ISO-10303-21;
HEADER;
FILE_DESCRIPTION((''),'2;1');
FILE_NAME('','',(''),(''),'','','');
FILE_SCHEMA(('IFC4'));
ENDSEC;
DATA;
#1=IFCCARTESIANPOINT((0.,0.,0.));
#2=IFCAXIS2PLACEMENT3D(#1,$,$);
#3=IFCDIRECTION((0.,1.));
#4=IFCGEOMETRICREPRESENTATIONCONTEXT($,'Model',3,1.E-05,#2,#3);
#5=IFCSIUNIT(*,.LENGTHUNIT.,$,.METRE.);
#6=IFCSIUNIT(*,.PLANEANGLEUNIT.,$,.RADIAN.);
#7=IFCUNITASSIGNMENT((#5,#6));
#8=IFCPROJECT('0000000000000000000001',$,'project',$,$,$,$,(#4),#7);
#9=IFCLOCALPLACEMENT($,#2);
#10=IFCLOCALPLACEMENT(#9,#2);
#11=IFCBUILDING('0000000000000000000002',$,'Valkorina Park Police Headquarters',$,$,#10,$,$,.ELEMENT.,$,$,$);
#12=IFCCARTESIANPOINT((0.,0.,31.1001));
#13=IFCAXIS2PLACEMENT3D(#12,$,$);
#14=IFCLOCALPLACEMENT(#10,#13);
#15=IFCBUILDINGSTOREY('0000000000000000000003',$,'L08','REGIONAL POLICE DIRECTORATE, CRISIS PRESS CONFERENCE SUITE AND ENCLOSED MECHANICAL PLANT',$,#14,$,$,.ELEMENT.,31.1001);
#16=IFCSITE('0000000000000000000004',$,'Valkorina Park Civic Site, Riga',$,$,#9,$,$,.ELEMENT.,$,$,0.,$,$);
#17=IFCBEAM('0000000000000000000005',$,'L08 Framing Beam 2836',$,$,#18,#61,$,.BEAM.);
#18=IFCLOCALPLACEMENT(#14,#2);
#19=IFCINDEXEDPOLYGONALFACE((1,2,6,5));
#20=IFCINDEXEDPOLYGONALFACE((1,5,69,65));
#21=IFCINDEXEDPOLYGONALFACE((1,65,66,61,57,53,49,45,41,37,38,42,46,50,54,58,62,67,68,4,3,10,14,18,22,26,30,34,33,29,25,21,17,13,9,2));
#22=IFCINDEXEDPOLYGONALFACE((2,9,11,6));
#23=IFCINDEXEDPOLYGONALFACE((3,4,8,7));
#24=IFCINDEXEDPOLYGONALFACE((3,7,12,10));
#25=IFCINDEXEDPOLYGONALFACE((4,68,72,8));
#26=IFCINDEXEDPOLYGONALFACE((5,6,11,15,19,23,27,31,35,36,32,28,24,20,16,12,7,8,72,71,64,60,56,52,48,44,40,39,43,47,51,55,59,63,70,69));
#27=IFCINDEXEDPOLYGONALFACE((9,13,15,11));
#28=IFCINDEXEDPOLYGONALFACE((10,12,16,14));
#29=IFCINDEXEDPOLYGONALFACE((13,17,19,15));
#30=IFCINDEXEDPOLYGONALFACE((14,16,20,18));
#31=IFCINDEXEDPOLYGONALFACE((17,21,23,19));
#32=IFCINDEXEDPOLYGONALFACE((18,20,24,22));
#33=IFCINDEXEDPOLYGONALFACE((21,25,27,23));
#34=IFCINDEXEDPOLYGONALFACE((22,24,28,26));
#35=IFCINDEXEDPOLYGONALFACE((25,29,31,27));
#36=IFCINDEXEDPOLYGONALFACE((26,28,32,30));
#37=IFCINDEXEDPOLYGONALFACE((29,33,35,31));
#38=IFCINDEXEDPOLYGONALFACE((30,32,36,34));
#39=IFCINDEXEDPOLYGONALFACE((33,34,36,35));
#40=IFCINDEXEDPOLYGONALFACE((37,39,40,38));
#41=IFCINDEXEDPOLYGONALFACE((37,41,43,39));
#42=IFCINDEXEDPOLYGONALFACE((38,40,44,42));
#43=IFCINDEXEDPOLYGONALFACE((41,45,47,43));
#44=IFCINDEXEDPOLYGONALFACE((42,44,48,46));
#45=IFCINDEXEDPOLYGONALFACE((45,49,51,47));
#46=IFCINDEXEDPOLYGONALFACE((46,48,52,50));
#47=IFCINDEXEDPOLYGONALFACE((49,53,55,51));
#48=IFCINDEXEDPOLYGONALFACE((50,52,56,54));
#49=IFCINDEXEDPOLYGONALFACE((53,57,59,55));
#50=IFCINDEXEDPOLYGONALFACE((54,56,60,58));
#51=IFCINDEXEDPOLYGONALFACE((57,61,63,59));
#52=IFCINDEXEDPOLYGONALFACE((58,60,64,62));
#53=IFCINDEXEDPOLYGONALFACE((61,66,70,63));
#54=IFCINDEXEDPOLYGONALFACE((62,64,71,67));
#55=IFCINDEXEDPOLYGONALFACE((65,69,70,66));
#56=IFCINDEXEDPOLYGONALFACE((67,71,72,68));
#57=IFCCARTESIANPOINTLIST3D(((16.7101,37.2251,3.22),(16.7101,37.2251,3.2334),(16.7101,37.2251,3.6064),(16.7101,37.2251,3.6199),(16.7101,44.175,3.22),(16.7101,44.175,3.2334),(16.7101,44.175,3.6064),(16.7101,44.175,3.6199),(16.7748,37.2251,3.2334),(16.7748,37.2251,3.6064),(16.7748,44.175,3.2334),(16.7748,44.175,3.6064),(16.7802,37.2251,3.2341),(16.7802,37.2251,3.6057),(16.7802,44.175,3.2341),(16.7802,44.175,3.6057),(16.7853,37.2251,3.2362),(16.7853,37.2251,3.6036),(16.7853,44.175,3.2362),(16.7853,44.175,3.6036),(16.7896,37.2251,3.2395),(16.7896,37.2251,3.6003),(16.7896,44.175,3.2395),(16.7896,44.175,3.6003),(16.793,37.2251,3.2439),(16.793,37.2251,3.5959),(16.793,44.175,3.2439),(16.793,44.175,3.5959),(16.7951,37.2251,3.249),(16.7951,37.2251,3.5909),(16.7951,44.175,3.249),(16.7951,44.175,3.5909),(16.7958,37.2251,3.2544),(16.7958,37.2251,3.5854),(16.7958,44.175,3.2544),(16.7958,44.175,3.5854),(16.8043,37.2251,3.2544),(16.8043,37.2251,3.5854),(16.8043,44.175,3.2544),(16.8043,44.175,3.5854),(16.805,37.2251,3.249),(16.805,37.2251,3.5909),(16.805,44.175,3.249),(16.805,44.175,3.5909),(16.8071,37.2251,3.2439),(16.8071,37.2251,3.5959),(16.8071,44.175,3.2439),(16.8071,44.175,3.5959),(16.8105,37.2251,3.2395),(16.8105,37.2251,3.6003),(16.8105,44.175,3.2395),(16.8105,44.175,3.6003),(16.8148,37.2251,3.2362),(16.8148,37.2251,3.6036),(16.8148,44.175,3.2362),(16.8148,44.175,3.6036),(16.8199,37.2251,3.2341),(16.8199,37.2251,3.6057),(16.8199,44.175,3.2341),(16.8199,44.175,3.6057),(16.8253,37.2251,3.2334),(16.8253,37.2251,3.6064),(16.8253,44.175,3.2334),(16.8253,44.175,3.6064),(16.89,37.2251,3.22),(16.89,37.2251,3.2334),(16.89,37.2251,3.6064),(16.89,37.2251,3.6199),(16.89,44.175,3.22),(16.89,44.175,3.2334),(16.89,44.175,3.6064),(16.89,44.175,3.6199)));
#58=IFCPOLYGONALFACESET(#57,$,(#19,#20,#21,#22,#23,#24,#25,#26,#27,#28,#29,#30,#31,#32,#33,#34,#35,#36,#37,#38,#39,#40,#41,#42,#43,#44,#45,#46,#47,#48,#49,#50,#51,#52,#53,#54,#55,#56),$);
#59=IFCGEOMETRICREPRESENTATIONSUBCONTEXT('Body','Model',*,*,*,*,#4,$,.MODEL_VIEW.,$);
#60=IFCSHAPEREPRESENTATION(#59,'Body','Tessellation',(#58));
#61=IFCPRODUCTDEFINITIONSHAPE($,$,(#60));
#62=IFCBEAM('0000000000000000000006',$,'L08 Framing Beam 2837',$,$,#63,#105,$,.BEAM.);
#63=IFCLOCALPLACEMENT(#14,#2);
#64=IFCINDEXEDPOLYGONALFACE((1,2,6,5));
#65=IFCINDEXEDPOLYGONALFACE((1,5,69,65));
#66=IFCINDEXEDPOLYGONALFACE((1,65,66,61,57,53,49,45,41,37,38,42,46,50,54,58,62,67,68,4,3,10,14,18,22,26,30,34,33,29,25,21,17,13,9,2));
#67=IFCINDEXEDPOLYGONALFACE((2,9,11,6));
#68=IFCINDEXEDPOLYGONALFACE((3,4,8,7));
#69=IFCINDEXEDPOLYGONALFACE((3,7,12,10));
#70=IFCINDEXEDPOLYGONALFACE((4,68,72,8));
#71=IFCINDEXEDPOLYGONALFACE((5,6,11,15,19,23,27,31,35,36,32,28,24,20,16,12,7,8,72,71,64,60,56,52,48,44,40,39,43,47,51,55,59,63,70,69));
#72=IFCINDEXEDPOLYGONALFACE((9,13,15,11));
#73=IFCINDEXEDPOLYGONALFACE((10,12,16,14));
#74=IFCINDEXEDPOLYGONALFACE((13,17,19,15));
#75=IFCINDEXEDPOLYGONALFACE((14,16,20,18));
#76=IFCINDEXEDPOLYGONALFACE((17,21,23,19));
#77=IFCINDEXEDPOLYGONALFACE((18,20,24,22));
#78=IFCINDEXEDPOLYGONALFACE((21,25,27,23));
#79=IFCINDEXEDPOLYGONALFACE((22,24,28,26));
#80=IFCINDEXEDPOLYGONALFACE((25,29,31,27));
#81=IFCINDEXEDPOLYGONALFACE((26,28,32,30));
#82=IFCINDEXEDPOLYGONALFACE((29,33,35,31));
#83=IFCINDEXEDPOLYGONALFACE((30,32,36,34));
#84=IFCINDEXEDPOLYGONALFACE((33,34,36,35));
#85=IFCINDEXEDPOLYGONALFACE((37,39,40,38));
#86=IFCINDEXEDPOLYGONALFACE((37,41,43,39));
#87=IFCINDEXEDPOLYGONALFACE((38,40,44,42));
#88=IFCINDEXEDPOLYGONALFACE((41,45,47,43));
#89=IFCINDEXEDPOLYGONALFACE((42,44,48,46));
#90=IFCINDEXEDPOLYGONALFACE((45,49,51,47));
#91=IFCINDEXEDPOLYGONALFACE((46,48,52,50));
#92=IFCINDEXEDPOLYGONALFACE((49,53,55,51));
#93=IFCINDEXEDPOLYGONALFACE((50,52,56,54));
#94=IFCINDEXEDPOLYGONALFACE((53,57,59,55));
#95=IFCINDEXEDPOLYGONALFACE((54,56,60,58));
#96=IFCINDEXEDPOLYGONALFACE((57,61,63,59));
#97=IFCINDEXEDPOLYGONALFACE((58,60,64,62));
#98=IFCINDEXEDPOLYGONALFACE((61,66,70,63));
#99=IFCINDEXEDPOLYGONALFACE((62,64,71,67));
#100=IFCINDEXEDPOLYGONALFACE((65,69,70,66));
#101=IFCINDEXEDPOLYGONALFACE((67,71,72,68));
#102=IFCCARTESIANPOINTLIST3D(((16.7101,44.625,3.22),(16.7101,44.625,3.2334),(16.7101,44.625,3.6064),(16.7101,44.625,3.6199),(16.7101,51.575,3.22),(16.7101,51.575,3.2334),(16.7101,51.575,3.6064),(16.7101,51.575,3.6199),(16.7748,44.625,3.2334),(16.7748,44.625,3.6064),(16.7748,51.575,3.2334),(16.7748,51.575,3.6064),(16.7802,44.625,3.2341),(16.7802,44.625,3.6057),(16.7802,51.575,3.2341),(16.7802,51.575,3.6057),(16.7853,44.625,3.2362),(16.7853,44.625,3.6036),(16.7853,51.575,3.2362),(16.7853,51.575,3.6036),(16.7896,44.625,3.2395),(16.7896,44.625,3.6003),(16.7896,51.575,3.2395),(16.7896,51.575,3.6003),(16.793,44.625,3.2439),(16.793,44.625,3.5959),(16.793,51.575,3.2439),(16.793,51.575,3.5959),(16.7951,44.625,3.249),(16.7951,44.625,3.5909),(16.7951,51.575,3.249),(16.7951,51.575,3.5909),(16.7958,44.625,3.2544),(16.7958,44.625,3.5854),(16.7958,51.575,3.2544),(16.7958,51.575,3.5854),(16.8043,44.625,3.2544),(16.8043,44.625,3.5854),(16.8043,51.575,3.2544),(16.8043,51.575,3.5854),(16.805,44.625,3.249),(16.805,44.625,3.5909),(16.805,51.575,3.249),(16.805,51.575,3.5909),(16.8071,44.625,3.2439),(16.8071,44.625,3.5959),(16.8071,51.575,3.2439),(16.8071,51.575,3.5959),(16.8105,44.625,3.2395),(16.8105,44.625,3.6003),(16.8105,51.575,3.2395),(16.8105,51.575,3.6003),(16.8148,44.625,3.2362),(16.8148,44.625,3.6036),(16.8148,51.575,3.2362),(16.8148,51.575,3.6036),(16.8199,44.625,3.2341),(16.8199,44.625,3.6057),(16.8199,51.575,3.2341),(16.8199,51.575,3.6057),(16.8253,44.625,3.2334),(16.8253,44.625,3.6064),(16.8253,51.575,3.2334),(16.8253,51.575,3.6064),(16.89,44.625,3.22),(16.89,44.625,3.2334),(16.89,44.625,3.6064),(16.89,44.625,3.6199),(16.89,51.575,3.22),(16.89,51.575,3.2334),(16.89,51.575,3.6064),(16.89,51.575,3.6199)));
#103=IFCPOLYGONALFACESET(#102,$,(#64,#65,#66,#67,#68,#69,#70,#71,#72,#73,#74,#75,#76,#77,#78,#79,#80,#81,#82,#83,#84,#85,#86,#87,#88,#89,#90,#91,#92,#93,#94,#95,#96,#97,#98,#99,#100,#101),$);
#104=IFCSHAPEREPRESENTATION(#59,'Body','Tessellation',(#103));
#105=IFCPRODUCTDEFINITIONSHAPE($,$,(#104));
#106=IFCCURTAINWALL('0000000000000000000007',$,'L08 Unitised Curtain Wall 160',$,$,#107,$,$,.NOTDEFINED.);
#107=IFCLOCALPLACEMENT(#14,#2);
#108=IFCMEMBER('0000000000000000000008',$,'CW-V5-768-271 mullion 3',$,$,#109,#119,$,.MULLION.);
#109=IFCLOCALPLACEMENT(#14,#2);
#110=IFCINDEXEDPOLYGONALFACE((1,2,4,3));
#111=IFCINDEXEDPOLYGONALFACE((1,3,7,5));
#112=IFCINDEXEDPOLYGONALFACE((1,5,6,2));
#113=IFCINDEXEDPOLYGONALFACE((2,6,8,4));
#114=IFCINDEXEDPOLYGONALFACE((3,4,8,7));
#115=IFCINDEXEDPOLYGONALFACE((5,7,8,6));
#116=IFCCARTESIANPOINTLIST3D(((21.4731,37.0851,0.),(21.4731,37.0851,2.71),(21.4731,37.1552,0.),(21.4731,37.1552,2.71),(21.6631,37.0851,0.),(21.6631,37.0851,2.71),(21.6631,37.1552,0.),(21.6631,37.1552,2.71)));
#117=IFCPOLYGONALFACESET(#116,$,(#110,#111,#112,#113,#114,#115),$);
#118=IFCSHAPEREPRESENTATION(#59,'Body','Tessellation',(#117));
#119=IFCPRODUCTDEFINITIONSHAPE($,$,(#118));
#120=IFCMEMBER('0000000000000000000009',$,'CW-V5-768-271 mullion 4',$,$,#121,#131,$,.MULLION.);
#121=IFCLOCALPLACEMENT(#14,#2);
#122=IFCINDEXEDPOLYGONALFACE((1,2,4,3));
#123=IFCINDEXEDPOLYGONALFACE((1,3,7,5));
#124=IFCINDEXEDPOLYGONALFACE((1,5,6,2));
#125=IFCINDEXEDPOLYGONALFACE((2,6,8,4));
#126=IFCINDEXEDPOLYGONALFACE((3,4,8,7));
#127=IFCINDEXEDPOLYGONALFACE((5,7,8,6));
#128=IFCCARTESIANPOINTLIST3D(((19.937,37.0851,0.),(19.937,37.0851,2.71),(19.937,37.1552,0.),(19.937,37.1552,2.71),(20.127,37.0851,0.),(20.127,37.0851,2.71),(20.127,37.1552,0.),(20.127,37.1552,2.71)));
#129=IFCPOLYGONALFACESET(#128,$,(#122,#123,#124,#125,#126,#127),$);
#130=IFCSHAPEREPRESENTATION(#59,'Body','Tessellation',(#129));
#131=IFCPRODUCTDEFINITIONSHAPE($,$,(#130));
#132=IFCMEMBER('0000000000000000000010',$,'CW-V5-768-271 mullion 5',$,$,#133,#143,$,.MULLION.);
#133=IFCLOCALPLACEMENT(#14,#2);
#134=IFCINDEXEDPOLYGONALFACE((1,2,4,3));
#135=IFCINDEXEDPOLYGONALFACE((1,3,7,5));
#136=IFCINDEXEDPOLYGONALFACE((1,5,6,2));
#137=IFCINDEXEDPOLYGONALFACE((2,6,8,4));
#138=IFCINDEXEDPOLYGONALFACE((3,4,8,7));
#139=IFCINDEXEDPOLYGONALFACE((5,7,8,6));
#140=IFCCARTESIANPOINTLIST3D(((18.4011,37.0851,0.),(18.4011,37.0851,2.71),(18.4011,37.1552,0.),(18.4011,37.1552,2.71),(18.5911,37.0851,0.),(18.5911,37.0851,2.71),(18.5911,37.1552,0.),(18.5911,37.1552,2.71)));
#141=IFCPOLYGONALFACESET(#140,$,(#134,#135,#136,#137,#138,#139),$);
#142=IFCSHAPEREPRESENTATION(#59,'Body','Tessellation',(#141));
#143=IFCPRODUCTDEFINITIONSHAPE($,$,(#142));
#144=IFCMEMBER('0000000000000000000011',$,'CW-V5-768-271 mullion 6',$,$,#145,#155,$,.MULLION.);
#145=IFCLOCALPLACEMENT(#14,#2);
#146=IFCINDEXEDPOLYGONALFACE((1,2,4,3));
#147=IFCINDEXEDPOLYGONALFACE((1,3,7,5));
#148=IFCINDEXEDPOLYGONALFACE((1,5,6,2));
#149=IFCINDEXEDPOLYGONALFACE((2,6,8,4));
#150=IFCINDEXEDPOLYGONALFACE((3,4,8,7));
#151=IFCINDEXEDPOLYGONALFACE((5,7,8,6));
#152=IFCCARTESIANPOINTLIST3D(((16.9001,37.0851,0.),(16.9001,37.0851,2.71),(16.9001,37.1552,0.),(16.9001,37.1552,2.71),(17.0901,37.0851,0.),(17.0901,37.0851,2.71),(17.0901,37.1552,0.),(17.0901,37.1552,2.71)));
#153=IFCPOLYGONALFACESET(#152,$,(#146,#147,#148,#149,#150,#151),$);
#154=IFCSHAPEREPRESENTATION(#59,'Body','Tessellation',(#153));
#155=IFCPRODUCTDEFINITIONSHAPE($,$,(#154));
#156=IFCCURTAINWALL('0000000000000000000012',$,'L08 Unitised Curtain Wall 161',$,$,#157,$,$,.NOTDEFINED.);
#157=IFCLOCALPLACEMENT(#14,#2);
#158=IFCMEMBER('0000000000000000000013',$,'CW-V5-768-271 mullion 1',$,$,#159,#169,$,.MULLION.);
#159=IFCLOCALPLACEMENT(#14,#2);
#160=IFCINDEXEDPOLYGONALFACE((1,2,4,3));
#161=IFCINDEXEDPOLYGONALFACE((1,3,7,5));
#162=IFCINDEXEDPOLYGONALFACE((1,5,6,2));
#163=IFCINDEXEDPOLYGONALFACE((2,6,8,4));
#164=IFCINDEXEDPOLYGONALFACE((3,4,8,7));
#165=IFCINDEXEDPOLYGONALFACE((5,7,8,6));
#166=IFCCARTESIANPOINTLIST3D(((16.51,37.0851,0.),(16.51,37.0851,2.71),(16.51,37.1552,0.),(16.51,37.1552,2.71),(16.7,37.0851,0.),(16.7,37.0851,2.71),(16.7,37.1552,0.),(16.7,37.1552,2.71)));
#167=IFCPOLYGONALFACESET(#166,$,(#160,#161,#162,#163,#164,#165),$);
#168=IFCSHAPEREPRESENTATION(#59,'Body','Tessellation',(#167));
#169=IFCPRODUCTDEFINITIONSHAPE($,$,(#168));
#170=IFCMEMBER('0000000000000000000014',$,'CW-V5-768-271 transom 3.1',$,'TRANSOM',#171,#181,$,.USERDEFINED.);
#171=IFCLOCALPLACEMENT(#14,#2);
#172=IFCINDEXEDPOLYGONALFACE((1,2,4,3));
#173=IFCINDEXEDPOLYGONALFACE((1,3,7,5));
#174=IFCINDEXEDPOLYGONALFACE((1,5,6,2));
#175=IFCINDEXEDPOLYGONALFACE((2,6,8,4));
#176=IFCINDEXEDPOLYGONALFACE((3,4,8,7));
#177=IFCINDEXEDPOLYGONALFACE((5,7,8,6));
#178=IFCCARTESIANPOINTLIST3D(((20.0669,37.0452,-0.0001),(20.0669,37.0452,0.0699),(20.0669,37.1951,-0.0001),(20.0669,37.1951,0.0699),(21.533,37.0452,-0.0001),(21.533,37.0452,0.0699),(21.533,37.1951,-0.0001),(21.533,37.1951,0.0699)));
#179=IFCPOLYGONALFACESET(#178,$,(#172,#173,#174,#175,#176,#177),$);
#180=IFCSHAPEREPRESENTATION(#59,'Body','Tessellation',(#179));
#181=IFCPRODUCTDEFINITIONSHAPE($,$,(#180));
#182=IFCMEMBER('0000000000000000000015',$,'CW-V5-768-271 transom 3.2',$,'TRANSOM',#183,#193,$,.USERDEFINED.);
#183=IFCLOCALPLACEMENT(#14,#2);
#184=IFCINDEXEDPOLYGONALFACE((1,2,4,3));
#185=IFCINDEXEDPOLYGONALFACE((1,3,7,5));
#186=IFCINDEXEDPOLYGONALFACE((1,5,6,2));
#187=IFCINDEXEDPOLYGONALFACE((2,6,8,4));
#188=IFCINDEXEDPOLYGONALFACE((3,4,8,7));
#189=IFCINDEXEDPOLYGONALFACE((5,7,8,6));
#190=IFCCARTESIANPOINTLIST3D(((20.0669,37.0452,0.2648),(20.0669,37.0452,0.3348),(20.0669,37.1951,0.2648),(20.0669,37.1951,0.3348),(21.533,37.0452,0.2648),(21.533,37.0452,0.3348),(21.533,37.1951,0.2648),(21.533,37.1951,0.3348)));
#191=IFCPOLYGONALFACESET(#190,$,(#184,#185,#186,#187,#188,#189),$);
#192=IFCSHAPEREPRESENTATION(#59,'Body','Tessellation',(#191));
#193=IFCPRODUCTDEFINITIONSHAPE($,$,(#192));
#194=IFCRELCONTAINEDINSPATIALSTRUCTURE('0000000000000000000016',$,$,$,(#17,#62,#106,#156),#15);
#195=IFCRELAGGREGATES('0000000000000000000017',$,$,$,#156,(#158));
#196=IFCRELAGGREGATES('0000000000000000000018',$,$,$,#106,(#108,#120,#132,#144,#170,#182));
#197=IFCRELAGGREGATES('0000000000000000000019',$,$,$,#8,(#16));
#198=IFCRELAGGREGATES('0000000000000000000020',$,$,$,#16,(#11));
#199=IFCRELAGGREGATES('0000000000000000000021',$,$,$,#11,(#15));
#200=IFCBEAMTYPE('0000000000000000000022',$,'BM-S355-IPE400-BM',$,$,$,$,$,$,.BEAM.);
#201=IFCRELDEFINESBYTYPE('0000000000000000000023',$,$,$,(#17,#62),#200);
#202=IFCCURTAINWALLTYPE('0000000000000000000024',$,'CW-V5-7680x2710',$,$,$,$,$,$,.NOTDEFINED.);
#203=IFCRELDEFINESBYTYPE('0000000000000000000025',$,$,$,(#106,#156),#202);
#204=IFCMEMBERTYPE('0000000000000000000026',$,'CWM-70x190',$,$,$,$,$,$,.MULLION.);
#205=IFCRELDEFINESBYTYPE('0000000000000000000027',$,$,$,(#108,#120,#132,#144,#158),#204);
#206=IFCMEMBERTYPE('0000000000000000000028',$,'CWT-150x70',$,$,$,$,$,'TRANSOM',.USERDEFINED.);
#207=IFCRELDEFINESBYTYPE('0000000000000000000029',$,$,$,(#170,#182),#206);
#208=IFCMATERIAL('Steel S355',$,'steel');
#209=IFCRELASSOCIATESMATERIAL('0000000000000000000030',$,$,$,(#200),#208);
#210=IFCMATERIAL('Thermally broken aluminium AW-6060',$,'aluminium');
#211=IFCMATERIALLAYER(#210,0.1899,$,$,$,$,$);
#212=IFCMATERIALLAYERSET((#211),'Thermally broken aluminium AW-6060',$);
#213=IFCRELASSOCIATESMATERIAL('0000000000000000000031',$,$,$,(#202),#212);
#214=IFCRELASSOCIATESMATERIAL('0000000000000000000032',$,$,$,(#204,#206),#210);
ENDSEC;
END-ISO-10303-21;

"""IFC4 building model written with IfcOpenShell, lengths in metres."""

from ifc_helpers import new_model, si_unit, direction, frame, origin, origin_2d, place, context, subcontext, project, spatial, rectangle, i_section, extrude, material, layer, layer_set, material_profile, profile_set, type_object, element, aggregate, save


model = new_model("IFC4")

# Units and contexts
model_context = context("Model", 3, precision=1e-05, world=origin(), true_north=direction((0.0, 1.0)))
body_context = subcontext(model_context, "Body", "Model", "MODEL_VIEW")
ifc_project = project(units=[si_unit("LENGTHUNIT", "METRE"), si_unit("PLANEANGLEUNIT", "RADIAN")], contexts=[model_context])

# Site, building, storey
site_placement = place(None, origin())
site = spatial("IfcSite", under=ifc_project, at=site_placement, Name="Valkorina Park Civic Site, Riga", CompositionType="ELEMENT", RefElevation=0.0)
building_placement = place(site_placement, origin())
building = spatial("IfcBuilding", under=site, at=building_placement, Name="Valkorina Park Police Headquarters", CompositionType="ELEMENT")
storey_placement = place(building_placement, frame((0.0, 0.0, 31.1001)))
storey = spatial("IfcBuildingStorey", under=building, at=storey_placement, Name="L08", Description="REGIONAL POLICE DIRECTORATE, CRISIS PRESS CONFERENCE SUITE AND ENCLOSED MECHANICAL PLANT", CompositionType="ELEMENT", Elevation=31.1001)

# Shared definitions
ifc_material_1 = material(Name="Steel S355", Category="steel")

# Beams
ifc_material_profile_1 = material_profile(ifc_material_1, i_section(OverallWidth=0.1799, OverallDepth=0.3999, WebThickness=0.0085, FlangeThickness=0.0134, FilletRadius=0.021, at=origin_2d()), Name="IPE 400")
ifc_profile_set_1 = profile_set([ifc_material_profile_1], Name="Steel S355")
beam_type_1 = type_object("IfcBeamType", Name="BM-S355-IPE400-BM", PredefinedType="BEAM", material=ifc_profile_set_1)
for number, where, z_axis, x_axis, name in (
    (1, (16.8, 37.2251, 3.4199), (0.0, 1.0, 0.0), (-1.0, 0.0, 0.0), "L08 Framing Beam 2836"),
    (2, (16.8, 44.625, 3.4199), (0.0, 1.0, 0.0), (-1.0, 0.0, 0.0), "L08 Framing Beam 2837"),
):
    element("IfcBeam", number, at=place(storey_placement, frame(where, z_axis=z_axis, x_axis=x_axis)), inside=storey, type_object=beam_type_1, Name=name, PredefinedType="BEAM", context=body_context, shape_type="SweptSolid", body=[
        extrude(i_section(OverallWidth=0.1799, OverallDepth=0.3999, WebThickness=0.0085, FlangeThickness=0.0134, FilletRadius=0.021, at=origin_2d()), origin(), (0.0, 0.0, 1.0), 6.95),
    ])

# Curtain wall, members
ifc_material_2 = material(Name="Thermally broken aluminium AW-6060", Category="aluminium")
ifc_layer_1 = layer(ifc_material_2, 0.1899)
ifc_layer_set_1 = layer_set([ifc_layer_1], Name="Thermally broken aluminium AW-6060")
curtain_wall_type = type_object("IfcCurtainWallType", Name="CW-V5-7680x2710", PredefinedType="NOTDEFINED", material=ifc_layer_set_1)
curtain_wall_1_placement = place(storey_placement, origin())
curtain_wall_1 = element("IfcCurtainWall", 3, at=curtain_wall_1_placement, inside=storey, type_object=curtain_wall_type, Name="L08 Unitised Curtain Wall 160", PredefinedType="NOTDEFINED")
ifc_material_profile_2 = material_profile(ifc_material_2, rectangle(XDim=0.0701, YDim=0.1899, at=origin_2d()), Name="CWM-02 70x190")
ifc_profile_set_2 = profile_set([ifc_material_profile_2], Name="Thermally broken aluminium AW-6060")
member_type_1 = type_object("IfcMemberType", Name="CWM-70x190", PredefinedType="MULLION", material=ifc_profile_set_2)
member_1_placement = place(storey_placement, frame((21.5681, 37.1201, 0.0), z_axis=(0.0, 0.0, 1.0), x_axis=(0.0, -1.0, 0.0)))
member_1 = element("IfcMember", 4, at=member_1_placement, type_object=member_type_1, Name="CW-V5-768-271 mullion 3", PredefinedType="MULLION", context=body_context, shape_type="SweptSolid", body=[
    extrude(rectangle(XDim=0.0701, YDim=0.1899, at=origin_2d()), origin(), (0.0, 0.0, 1.0), 2.71),
])
member_2_placement = place(storey_placement, frame((20.032, 37.1201, 0.0), z_axis=(0.0, 0.0, 1.0), x_axis=(0.0, -1.0, 0.0)))
member_2 = element("IfcMember", 5, at=member_2_placement, type_object=member_type_1, Name="CW-V5-768-271 mullion 4", PredefinedType="MULLION", context=body_context, shape_type="SweptSolid", body=[
    extrude(rectangle(XDim=0.0701, YDim=0.1899, at=origin_2d()), origin(), (0.0, 0.0, 1.0), 2.71),
])
member_3_placement = place(storey_placement, frame((18.4961, 37.1201, 0.0), z_axis=(0.0, 0.0, 1.0), x_axis=(0.0, -1.0, 0.0)))
member_3 = element("IfcMember", 6, at=member_3_placement, type_object=member_type_1, Name="CW-V5-768-271 mullion 5", PredefinedType="MULLION", context=body_context, shape_type="SweptSolid", body=[
    extrude(rectangle(XDim=0.0701, YDim=0.1899, at=origin_2d()), origin(), (0.0, 0.0, 1.0), 2.71),
])
member_4_placement = place(storey_placement, frame((16.9951, 37.1201, 0.0), z_axis=(0.0, 0.0, 1.0), x_axis=(0.0, -1.0, 0.0)))
member_4 = element("IfcMember", 7, at=member_4_placement, type_object=member_type_1, Name="CW-V5-768-271 mullion 6", PredefinedType="MULLION", context=body_context, shape_type="SweptSolid", body=[
    extrude(rectangle(XDim=0.0701, YDim=0.1899, at=origin_2d()), origin(), (0.0, 0.0, 1.0), 2.71),
])

# Curtain wall, member
curtain_wall_2_placement = place(storey_placement, origin())
curtain_wall_2 = element("IfcCurtainWall", 8, at=curtain_wall_2_placement, inside=storey, type_object=curtain_wall_type, Name="L08 Unitised Curtain Wall 161", PredefinedType="NOTDEFINED")
member_5_placement = place(storey_placement, frame((16.605, 37.1201, 0.0), z_axis=(0.0, 0.0, 1.0), x_axis=(0.0, -1.0, 0.0)))
member_5 = element("IfcMember", 9, at=member_5_placement, type_object=member_type_1, Name="CW-V5-768-271 mullion 1", PredefinedType="MULLION", context=body_context, shape_type="SweptSolid", body=[
    extrude(rectangle(XDim=0.0701, YDim=0.1899, at=origin_2d()), origin(), (0.0, 0.0, 1.0), 2.71),
])

# Members
ifc_material_profile_3 = material_profile(ifc_material_2, rectangle(XDim=0.1499, YDim=0.0701, at=origin_2d()), Name="CWT-02 150x70")
ifc_profile_set_3 = profile_set([ifc_material_profile_3], Name="Thermally broken aluminium AW-6060")
member_type_2 = type_object("IfcMemberType", Name="CWT-150x70", ElementType="TRANSOM", PredefinedType="USERDEFINED", material=ifc_profile_set_3)
member_6_placement = place(storey_placement, frame((21.533, 37.1201, 0.0349), z_axis=(-1.0, 0.0, 0.0), x_axis=(0.0, -1.0, 0.0)))
member_6 = element("IfcMember", 10, at=member_6_placement, type_object=member_type_2, Name="CW-V5-768-271 transom 3.1", ObjectType="TRANSOM", PredefinedType="USERDEFINED", context=body_context, shape_type="SweptSolid", body=[
    extrude(rectangle(XDim=0.1499, YDim=0.0701, at=origin_2d()), origin(), (0.0, 0.0, 1.0), 1.4661),
])
member_7_placement = place(storey_placement, frame((21.533, 37.1201, 0.2998), z_axis=(-1.0, 0.0, 0.0), x_axis=(0.0, -1.0, 0.0)))
member_7 = element("IfcMember", 11, at=member_7_placement, type_object=member_type_2, Name="CW-V5-768-271 transom 3.2", ObjectType="TRANSOM", PredefinedType="USERDEFINED", context=body_context, shape_type="SweptSolid", body=[
    extrude(rectangle(XDim=0.1499, YDim=0.0701, at=origin_2d()), origin(), (0.0, 0.0, 1.0), 1.4661),
])
aggregate(curtain_wall_2, [member_5])

aggregate(curtain_wall_1, [member_1, member_2, member_3, member_4, member_6, member_7])

save(model, "model.ifc")
